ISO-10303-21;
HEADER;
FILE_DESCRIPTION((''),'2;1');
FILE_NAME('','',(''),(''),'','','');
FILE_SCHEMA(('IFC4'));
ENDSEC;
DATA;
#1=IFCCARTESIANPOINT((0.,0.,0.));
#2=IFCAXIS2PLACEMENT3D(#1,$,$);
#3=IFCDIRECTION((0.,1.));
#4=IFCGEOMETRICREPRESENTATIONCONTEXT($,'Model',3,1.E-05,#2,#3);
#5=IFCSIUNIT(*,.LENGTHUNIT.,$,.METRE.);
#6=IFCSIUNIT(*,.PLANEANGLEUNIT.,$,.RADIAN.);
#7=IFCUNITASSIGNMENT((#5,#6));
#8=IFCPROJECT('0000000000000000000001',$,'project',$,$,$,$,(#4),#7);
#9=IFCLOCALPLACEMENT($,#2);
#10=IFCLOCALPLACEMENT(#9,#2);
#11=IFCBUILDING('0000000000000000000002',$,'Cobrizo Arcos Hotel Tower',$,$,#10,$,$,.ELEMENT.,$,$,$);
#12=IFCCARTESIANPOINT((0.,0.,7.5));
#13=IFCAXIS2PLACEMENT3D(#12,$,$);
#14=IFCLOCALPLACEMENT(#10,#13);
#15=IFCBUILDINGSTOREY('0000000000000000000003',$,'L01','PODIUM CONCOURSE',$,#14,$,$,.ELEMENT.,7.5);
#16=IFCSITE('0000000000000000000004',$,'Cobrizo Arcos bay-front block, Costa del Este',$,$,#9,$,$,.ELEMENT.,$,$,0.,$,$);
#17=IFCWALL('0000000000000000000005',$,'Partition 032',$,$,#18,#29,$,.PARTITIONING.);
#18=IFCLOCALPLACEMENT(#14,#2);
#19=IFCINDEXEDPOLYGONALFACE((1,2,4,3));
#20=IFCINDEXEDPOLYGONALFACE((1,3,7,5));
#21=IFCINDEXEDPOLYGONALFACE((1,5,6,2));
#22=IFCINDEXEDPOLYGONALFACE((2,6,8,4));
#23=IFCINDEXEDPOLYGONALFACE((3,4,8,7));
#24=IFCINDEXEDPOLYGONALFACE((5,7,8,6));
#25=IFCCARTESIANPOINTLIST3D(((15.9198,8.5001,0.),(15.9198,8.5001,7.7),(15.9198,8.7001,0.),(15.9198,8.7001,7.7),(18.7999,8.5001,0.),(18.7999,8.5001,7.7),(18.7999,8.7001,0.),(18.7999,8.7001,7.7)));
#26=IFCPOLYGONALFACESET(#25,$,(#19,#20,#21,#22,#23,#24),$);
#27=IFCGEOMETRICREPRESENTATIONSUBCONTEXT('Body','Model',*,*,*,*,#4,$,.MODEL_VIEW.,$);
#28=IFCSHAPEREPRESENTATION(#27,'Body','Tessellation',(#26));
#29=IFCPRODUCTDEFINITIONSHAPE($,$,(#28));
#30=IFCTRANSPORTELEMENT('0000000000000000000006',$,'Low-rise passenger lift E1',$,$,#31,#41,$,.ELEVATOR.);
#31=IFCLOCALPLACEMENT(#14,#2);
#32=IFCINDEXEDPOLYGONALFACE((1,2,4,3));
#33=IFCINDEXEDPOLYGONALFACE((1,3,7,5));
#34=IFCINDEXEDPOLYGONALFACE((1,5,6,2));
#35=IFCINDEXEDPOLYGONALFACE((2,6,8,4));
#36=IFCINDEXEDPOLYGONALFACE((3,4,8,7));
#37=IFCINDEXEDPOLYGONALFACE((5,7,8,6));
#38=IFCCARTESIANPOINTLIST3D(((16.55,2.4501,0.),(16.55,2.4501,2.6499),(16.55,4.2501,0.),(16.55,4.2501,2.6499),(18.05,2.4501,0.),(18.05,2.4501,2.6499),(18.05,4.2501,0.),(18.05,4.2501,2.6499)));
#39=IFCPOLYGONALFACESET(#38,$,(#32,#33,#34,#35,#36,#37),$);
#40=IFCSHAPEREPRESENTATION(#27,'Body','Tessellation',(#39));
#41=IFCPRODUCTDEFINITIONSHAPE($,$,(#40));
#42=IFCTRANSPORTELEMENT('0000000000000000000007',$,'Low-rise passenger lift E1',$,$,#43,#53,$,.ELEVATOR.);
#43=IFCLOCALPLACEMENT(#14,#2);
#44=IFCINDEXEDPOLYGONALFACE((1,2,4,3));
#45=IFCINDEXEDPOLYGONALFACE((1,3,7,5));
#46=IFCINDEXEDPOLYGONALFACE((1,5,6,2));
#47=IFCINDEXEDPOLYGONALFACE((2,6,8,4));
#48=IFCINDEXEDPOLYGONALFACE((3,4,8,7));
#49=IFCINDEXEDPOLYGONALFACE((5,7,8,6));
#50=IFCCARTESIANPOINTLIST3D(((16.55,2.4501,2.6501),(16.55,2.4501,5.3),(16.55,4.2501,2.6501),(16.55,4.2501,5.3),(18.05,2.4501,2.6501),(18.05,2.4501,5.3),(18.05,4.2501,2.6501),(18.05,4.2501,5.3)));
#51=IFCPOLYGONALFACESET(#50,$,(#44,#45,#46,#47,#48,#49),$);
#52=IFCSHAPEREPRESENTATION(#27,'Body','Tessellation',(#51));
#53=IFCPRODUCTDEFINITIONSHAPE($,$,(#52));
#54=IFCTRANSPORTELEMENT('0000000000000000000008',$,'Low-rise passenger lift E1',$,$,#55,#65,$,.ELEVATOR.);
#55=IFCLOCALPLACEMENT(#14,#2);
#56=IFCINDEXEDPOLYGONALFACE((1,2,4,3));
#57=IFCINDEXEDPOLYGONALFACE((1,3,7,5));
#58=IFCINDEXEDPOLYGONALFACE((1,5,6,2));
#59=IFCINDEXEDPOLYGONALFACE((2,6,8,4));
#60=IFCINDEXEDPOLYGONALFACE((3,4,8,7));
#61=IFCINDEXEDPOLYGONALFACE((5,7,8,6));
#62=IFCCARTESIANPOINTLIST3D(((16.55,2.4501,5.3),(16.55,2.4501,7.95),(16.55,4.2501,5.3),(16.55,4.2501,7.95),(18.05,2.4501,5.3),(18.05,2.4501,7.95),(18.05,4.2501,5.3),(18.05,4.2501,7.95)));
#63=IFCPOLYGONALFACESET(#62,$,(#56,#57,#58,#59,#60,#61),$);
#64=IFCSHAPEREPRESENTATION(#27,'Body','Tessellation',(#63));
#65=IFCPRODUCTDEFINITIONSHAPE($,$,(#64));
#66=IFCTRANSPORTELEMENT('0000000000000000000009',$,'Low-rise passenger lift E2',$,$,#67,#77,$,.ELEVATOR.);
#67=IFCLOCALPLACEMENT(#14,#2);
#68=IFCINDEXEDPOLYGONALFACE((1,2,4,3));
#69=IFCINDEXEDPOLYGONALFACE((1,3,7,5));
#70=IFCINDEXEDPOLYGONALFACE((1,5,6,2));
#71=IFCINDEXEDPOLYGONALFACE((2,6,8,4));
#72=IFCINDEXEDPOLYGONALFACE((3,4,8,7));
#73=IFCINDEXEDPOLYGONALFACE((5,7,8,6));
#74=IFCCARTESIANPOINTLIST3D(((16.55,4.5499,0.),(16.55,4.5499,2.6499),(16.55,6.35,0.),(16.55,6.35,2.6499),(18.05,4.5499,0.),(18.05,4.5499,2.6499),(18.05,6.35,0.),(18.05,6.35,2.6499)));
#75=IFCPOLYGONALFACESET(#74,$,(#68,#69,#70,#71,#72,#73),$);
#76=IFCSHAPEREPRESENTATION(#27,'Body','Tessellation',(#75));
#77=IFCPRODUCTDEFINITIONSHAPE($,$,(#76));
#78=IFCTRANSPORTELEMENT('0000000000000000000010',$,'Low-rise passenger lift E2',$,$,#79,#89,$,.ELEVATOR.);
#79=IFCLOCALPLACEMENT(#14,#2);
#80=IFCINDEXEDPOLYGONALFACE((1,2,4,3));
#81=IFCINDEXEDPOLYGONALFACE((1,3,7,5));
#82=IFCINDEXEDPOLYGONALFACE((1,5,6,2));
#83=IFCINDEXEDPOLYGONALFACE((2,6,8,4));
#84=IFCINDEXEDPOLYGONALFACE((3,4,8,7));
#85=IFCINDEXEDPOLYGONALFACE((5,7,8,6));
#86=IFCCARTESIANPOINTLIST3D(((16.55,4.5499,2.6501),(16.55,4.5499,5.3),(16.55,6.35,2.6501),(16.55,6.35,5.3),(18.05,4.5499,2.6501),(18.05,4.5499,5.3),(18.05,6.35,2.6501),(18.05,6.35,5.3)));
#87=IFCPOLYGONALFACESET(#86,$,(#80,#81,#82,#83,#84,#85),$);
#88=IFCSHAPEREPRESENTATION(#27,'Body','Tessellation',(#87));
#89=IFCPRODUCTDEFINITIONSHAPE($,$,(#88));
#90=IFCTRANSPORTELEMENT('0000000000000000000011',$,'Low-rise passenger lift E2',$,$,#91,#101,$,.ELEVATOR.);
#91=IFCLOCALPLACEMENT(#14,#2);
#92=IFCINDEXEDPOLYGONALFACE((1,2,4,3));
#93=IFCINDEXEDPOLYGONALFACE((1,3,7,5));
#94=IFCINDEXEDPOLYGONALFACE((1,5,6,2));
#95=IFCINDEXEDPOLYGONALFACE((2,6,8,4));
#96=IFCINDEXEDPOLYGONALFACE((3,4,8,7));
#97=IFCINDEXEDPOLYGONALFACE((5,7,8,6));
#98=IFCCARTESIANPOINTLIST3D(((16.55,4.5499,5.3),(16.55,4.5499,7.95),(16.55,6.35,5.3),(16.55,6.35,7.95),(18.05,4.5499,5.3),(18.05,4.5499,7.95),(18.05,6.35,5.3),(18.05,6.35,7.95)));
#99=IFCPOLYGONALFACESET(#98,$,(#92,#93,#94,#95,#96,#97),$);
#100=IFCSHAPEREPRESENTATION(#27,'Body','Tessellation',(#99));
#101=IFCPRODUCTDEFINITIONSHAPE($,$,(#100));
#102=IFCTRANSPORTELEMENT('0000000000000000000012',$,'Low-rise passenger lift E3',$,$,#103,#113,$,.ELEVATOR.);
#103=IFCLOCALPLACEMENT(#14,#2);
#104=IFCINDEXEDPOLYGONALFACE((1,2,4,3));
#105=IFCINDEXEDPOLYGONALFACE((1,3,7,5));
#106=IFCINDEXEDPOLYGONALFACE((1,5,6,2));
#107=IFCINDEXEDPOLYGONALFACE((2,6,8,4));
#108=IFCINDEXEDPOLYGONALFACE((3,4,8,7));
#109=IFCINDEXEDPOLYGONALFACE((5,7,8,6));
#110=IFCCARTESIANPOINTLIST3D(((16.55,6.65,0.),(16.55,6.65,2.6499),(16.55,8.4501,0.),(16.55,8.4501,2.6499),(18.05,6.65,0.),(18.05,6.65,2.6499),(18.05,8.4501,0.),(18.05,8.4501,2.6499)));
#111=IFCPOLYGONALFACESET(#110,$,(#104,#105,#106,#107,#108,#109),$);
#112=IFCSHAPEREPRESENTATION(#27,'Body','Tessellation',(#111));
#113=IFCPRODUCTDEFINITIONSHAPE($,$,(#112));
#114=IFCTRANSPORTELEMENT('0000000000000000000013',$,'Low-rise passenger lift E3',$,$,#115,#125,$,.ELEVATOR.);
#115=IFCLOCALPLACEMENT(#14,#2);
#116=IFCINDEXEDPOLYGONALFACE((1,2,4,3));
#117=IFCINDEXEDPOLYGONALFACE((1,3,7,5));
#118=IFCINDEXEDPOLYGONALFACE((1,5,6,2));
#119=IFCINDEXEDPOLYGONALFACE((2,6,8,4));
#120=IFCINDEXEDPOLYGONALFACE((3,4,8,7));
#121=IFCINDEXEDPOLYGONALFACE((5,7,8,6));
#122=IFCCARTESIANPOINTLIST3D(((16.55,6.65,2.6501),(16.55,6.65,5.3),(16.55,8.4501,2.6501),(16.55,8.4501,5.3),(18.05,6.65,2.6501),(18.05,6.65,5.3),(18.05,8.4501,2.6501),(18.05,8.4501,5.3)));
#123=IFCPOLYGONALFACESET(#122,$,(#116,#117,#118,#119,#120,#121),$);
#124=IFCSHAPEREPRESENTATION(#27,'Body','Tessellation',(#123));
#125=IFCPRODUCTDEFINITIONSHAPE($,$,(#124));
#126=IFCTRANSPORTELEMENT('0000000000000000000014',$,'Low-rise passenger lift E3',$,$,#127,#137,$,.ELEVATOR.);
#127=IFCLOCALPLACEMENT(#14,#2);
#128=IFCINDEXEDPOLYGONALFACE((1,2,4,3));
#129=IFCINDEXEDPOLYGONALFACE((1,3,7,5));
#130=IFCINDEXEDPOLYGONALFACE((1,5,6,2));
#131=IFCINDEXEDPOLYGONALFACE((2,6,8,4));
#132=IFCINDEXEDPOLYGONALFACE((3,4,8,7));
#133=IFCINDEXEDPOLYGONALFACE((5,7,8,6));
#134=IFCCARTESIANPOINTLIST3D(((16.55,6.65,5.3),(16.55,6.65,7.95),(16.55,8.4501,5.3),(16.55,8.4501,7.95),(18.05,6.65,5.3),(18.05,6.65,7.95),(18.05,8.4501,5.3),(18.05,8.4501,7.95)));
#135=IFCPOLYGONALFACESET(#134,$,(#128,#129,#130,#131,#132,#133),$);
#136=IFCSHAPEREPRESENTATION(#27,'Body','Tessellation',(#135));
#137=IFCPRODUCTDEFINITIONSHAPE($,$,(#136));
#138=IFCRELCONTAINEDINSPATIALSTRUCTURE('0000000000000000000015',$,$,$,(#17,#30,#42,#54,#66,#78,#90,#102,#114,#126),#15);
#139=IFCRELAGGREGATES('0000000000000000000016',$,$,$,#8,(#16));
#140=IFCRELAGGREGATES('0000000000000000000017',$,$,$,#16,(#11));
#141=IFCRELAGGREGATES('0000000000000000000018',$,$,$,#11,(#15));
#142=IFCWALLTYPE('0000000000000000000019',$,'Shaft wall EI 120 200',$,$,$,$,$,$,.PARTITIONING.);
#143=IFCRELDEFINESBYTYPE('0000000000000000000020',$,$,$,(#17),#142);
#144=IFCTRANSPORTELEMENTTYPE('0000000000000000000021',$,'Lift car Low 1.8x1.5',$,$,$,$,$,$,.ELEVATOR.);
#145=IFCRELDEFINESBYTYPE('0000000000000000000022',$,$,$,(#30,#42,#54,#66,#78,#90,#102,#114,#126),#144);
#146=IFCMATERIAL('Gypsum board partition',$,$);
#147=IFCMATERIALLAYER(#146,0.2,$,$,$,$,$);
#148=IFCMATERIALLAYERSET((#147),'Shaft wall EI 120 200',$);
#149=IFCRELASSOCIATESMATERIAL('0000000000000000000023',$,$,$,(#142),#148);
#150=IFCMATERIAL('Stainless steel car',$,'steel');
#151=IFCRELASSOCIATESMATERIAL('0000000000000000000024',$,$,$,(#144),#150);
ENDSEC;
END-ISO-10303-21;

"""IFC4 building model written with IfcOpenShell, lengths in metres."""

from ifc_helpers import new_model, si_unit, direction, frame, frame_2d, origin, origin_2d, place, context, subcontext, project, spatial, rectangle, extrude, material, layer, layer_set, type_object, element, save


model = new_model("IFC4")

# Units and contexts
model_context = context("Model", 3, precision=1e-05, world=origin(), true_north=direction((0.0, 1.0)))
body_context = subcontext(model_context, "Body", "Model", "MODEL_VIEW")
ifc_project = project(units=[si_unit("LENGTHUNIT", "METRE"), si_unit("PLANEANGLEUNIT", "RADIAN")], contexts=[model_context])

# Site, building, storey
site_placement = place(None, origin())
site = spatial("IfcSite", under=ifc_project, at=site_placement, Name="Cobrizo Arcos bay-front block, Costa del Este", CompositionType="ELEMENT", RefElevation=0.0)
building_placement = place(site_placement, origin())
building = spatial("IfcBuilding", under=site, at=building_placement, Name="Cobrizo Arcos Hotel Tower", CompositionType="ELEMENT")
storey_placement = place(building_placement, frame((0.0, 0.0, 7.5)))
storey = spatial("IfcBuildingStorey", under=building, at=storey_placement, Name="L01", Description="PODIUM CONCOURSE", CompositionType="ELEMENT", Elevation=7.5)

# Shared definitions
ifc_material_1 = material(Name="Gypsum board partition")
ifc_layer_1 = layer(ifc_material_1, 0.2)
ifc_layer_set_1 = layer_set([ifc_layer_1], Name="Shaft wall EI 120 200")
wall_type_1 = type_object("IfcWallType", Name="Shaft wall EI 120 200", PredefinedType="PARTITIONING", material=ifc_layer_set_1)

# Wall
for number, where, z_axis, x_axis, name in (
    (1, (15.9199, 8.6001, 0.0), (0.0, 0.0, 1.0), (1.0, 0.0, 0.0), "Partition 032"),
):
    element("IfcWall", number, at=place(storey_placement, frame(where, z_axis=z_axis, x_axis=x_axis)), inside=storey, type_object=wall_type_1, Name=name, PredefinedType="PARTITIONING", context=body_context, shape_type="SweptSolid", body=[
        extrude(rectangle(XDim=2.8801, YDim=0.2, at=frame_2d((1.4399, 0.0))), origin(), (0.0, 0.0, 1.0), 7.7),
    ])

# Transport elements
ifc_material_2 = material(Name="Stainless steel car", Category="steel")
transport_element_type = type_object("IfcTransportElementType", Name="Lift car Low 1.8x1.5", PredefinedType="ELEVATOR", material=ifc_material_2)
for number, where, z_axis, x_axis, name in (
    (2, (17.3, 3.3501, 0.0), (0.0, 0.0, 1.0), (1.0, 0.0, 0.0), "Low-rise passenger lift E1"),
    (3, (17.3, 3.3501, 2.6501), (0.0, 0.0, 1.0), (1.0, 0.0, 0.0), "Low-rise passenger lift E1"),
    (4, (17.3, 3.3501, 5.3), (0.0, 0.0, 1.0), (1.0, 0.0, 0.0), "Low-rise passenger lift E1"),
    (5, (17.3, 5.45, 0.0), (0.0, 0.0, 1.0), (1.0, 0.0, 0.0), "Low-rise passenger lift E2"),
    (6, (17.3, 5.45, 2.6501), (0.0, 0.0, 1.0), (1.0, 0.0, 0.0), "Low-rise passenger lift E2"),
    (7, (17.3, 5.45, 5.3), (0.0, 0.0, 1.0), (1.0, 0.0, 0.0), "Low-rise passenger lift E2"),
    (8, (17.3, 7.55, 0.0), (0.0, 0.0, 1.0), (1.0, 0.0, 0.0), "Low-rise passenger lift E3"),
    (9, (17.3, 7.55, 2.6501), (0.0, 0.0, 1.0), (1.0, 0.0, 0.0), "Low-rise passenger lift E3"),
    (10, (17.3, 7.55, 5.3), (0.0, 0.0, 1.0), (1.0, 0.0, 0.0), "Low-rise passenger lift E3"),
):
    element("IfcTransportElement", number, at=place(storey_placement, frame(where, z_axis=z_axis, x_axis=x_axis)), inside=storey, type_object=transport_element_type, Name=name, PredefinedType="ELEVATOR", context=body_context, shape_type="SweptSolid", body=[
        extrude(rectangle(XDim=1.5, YDim=1.8, at=origin_2d()), origin(), (0.0, 0.0, 1.0), 2.6499),
    ])

save(model, "model.ifc")
